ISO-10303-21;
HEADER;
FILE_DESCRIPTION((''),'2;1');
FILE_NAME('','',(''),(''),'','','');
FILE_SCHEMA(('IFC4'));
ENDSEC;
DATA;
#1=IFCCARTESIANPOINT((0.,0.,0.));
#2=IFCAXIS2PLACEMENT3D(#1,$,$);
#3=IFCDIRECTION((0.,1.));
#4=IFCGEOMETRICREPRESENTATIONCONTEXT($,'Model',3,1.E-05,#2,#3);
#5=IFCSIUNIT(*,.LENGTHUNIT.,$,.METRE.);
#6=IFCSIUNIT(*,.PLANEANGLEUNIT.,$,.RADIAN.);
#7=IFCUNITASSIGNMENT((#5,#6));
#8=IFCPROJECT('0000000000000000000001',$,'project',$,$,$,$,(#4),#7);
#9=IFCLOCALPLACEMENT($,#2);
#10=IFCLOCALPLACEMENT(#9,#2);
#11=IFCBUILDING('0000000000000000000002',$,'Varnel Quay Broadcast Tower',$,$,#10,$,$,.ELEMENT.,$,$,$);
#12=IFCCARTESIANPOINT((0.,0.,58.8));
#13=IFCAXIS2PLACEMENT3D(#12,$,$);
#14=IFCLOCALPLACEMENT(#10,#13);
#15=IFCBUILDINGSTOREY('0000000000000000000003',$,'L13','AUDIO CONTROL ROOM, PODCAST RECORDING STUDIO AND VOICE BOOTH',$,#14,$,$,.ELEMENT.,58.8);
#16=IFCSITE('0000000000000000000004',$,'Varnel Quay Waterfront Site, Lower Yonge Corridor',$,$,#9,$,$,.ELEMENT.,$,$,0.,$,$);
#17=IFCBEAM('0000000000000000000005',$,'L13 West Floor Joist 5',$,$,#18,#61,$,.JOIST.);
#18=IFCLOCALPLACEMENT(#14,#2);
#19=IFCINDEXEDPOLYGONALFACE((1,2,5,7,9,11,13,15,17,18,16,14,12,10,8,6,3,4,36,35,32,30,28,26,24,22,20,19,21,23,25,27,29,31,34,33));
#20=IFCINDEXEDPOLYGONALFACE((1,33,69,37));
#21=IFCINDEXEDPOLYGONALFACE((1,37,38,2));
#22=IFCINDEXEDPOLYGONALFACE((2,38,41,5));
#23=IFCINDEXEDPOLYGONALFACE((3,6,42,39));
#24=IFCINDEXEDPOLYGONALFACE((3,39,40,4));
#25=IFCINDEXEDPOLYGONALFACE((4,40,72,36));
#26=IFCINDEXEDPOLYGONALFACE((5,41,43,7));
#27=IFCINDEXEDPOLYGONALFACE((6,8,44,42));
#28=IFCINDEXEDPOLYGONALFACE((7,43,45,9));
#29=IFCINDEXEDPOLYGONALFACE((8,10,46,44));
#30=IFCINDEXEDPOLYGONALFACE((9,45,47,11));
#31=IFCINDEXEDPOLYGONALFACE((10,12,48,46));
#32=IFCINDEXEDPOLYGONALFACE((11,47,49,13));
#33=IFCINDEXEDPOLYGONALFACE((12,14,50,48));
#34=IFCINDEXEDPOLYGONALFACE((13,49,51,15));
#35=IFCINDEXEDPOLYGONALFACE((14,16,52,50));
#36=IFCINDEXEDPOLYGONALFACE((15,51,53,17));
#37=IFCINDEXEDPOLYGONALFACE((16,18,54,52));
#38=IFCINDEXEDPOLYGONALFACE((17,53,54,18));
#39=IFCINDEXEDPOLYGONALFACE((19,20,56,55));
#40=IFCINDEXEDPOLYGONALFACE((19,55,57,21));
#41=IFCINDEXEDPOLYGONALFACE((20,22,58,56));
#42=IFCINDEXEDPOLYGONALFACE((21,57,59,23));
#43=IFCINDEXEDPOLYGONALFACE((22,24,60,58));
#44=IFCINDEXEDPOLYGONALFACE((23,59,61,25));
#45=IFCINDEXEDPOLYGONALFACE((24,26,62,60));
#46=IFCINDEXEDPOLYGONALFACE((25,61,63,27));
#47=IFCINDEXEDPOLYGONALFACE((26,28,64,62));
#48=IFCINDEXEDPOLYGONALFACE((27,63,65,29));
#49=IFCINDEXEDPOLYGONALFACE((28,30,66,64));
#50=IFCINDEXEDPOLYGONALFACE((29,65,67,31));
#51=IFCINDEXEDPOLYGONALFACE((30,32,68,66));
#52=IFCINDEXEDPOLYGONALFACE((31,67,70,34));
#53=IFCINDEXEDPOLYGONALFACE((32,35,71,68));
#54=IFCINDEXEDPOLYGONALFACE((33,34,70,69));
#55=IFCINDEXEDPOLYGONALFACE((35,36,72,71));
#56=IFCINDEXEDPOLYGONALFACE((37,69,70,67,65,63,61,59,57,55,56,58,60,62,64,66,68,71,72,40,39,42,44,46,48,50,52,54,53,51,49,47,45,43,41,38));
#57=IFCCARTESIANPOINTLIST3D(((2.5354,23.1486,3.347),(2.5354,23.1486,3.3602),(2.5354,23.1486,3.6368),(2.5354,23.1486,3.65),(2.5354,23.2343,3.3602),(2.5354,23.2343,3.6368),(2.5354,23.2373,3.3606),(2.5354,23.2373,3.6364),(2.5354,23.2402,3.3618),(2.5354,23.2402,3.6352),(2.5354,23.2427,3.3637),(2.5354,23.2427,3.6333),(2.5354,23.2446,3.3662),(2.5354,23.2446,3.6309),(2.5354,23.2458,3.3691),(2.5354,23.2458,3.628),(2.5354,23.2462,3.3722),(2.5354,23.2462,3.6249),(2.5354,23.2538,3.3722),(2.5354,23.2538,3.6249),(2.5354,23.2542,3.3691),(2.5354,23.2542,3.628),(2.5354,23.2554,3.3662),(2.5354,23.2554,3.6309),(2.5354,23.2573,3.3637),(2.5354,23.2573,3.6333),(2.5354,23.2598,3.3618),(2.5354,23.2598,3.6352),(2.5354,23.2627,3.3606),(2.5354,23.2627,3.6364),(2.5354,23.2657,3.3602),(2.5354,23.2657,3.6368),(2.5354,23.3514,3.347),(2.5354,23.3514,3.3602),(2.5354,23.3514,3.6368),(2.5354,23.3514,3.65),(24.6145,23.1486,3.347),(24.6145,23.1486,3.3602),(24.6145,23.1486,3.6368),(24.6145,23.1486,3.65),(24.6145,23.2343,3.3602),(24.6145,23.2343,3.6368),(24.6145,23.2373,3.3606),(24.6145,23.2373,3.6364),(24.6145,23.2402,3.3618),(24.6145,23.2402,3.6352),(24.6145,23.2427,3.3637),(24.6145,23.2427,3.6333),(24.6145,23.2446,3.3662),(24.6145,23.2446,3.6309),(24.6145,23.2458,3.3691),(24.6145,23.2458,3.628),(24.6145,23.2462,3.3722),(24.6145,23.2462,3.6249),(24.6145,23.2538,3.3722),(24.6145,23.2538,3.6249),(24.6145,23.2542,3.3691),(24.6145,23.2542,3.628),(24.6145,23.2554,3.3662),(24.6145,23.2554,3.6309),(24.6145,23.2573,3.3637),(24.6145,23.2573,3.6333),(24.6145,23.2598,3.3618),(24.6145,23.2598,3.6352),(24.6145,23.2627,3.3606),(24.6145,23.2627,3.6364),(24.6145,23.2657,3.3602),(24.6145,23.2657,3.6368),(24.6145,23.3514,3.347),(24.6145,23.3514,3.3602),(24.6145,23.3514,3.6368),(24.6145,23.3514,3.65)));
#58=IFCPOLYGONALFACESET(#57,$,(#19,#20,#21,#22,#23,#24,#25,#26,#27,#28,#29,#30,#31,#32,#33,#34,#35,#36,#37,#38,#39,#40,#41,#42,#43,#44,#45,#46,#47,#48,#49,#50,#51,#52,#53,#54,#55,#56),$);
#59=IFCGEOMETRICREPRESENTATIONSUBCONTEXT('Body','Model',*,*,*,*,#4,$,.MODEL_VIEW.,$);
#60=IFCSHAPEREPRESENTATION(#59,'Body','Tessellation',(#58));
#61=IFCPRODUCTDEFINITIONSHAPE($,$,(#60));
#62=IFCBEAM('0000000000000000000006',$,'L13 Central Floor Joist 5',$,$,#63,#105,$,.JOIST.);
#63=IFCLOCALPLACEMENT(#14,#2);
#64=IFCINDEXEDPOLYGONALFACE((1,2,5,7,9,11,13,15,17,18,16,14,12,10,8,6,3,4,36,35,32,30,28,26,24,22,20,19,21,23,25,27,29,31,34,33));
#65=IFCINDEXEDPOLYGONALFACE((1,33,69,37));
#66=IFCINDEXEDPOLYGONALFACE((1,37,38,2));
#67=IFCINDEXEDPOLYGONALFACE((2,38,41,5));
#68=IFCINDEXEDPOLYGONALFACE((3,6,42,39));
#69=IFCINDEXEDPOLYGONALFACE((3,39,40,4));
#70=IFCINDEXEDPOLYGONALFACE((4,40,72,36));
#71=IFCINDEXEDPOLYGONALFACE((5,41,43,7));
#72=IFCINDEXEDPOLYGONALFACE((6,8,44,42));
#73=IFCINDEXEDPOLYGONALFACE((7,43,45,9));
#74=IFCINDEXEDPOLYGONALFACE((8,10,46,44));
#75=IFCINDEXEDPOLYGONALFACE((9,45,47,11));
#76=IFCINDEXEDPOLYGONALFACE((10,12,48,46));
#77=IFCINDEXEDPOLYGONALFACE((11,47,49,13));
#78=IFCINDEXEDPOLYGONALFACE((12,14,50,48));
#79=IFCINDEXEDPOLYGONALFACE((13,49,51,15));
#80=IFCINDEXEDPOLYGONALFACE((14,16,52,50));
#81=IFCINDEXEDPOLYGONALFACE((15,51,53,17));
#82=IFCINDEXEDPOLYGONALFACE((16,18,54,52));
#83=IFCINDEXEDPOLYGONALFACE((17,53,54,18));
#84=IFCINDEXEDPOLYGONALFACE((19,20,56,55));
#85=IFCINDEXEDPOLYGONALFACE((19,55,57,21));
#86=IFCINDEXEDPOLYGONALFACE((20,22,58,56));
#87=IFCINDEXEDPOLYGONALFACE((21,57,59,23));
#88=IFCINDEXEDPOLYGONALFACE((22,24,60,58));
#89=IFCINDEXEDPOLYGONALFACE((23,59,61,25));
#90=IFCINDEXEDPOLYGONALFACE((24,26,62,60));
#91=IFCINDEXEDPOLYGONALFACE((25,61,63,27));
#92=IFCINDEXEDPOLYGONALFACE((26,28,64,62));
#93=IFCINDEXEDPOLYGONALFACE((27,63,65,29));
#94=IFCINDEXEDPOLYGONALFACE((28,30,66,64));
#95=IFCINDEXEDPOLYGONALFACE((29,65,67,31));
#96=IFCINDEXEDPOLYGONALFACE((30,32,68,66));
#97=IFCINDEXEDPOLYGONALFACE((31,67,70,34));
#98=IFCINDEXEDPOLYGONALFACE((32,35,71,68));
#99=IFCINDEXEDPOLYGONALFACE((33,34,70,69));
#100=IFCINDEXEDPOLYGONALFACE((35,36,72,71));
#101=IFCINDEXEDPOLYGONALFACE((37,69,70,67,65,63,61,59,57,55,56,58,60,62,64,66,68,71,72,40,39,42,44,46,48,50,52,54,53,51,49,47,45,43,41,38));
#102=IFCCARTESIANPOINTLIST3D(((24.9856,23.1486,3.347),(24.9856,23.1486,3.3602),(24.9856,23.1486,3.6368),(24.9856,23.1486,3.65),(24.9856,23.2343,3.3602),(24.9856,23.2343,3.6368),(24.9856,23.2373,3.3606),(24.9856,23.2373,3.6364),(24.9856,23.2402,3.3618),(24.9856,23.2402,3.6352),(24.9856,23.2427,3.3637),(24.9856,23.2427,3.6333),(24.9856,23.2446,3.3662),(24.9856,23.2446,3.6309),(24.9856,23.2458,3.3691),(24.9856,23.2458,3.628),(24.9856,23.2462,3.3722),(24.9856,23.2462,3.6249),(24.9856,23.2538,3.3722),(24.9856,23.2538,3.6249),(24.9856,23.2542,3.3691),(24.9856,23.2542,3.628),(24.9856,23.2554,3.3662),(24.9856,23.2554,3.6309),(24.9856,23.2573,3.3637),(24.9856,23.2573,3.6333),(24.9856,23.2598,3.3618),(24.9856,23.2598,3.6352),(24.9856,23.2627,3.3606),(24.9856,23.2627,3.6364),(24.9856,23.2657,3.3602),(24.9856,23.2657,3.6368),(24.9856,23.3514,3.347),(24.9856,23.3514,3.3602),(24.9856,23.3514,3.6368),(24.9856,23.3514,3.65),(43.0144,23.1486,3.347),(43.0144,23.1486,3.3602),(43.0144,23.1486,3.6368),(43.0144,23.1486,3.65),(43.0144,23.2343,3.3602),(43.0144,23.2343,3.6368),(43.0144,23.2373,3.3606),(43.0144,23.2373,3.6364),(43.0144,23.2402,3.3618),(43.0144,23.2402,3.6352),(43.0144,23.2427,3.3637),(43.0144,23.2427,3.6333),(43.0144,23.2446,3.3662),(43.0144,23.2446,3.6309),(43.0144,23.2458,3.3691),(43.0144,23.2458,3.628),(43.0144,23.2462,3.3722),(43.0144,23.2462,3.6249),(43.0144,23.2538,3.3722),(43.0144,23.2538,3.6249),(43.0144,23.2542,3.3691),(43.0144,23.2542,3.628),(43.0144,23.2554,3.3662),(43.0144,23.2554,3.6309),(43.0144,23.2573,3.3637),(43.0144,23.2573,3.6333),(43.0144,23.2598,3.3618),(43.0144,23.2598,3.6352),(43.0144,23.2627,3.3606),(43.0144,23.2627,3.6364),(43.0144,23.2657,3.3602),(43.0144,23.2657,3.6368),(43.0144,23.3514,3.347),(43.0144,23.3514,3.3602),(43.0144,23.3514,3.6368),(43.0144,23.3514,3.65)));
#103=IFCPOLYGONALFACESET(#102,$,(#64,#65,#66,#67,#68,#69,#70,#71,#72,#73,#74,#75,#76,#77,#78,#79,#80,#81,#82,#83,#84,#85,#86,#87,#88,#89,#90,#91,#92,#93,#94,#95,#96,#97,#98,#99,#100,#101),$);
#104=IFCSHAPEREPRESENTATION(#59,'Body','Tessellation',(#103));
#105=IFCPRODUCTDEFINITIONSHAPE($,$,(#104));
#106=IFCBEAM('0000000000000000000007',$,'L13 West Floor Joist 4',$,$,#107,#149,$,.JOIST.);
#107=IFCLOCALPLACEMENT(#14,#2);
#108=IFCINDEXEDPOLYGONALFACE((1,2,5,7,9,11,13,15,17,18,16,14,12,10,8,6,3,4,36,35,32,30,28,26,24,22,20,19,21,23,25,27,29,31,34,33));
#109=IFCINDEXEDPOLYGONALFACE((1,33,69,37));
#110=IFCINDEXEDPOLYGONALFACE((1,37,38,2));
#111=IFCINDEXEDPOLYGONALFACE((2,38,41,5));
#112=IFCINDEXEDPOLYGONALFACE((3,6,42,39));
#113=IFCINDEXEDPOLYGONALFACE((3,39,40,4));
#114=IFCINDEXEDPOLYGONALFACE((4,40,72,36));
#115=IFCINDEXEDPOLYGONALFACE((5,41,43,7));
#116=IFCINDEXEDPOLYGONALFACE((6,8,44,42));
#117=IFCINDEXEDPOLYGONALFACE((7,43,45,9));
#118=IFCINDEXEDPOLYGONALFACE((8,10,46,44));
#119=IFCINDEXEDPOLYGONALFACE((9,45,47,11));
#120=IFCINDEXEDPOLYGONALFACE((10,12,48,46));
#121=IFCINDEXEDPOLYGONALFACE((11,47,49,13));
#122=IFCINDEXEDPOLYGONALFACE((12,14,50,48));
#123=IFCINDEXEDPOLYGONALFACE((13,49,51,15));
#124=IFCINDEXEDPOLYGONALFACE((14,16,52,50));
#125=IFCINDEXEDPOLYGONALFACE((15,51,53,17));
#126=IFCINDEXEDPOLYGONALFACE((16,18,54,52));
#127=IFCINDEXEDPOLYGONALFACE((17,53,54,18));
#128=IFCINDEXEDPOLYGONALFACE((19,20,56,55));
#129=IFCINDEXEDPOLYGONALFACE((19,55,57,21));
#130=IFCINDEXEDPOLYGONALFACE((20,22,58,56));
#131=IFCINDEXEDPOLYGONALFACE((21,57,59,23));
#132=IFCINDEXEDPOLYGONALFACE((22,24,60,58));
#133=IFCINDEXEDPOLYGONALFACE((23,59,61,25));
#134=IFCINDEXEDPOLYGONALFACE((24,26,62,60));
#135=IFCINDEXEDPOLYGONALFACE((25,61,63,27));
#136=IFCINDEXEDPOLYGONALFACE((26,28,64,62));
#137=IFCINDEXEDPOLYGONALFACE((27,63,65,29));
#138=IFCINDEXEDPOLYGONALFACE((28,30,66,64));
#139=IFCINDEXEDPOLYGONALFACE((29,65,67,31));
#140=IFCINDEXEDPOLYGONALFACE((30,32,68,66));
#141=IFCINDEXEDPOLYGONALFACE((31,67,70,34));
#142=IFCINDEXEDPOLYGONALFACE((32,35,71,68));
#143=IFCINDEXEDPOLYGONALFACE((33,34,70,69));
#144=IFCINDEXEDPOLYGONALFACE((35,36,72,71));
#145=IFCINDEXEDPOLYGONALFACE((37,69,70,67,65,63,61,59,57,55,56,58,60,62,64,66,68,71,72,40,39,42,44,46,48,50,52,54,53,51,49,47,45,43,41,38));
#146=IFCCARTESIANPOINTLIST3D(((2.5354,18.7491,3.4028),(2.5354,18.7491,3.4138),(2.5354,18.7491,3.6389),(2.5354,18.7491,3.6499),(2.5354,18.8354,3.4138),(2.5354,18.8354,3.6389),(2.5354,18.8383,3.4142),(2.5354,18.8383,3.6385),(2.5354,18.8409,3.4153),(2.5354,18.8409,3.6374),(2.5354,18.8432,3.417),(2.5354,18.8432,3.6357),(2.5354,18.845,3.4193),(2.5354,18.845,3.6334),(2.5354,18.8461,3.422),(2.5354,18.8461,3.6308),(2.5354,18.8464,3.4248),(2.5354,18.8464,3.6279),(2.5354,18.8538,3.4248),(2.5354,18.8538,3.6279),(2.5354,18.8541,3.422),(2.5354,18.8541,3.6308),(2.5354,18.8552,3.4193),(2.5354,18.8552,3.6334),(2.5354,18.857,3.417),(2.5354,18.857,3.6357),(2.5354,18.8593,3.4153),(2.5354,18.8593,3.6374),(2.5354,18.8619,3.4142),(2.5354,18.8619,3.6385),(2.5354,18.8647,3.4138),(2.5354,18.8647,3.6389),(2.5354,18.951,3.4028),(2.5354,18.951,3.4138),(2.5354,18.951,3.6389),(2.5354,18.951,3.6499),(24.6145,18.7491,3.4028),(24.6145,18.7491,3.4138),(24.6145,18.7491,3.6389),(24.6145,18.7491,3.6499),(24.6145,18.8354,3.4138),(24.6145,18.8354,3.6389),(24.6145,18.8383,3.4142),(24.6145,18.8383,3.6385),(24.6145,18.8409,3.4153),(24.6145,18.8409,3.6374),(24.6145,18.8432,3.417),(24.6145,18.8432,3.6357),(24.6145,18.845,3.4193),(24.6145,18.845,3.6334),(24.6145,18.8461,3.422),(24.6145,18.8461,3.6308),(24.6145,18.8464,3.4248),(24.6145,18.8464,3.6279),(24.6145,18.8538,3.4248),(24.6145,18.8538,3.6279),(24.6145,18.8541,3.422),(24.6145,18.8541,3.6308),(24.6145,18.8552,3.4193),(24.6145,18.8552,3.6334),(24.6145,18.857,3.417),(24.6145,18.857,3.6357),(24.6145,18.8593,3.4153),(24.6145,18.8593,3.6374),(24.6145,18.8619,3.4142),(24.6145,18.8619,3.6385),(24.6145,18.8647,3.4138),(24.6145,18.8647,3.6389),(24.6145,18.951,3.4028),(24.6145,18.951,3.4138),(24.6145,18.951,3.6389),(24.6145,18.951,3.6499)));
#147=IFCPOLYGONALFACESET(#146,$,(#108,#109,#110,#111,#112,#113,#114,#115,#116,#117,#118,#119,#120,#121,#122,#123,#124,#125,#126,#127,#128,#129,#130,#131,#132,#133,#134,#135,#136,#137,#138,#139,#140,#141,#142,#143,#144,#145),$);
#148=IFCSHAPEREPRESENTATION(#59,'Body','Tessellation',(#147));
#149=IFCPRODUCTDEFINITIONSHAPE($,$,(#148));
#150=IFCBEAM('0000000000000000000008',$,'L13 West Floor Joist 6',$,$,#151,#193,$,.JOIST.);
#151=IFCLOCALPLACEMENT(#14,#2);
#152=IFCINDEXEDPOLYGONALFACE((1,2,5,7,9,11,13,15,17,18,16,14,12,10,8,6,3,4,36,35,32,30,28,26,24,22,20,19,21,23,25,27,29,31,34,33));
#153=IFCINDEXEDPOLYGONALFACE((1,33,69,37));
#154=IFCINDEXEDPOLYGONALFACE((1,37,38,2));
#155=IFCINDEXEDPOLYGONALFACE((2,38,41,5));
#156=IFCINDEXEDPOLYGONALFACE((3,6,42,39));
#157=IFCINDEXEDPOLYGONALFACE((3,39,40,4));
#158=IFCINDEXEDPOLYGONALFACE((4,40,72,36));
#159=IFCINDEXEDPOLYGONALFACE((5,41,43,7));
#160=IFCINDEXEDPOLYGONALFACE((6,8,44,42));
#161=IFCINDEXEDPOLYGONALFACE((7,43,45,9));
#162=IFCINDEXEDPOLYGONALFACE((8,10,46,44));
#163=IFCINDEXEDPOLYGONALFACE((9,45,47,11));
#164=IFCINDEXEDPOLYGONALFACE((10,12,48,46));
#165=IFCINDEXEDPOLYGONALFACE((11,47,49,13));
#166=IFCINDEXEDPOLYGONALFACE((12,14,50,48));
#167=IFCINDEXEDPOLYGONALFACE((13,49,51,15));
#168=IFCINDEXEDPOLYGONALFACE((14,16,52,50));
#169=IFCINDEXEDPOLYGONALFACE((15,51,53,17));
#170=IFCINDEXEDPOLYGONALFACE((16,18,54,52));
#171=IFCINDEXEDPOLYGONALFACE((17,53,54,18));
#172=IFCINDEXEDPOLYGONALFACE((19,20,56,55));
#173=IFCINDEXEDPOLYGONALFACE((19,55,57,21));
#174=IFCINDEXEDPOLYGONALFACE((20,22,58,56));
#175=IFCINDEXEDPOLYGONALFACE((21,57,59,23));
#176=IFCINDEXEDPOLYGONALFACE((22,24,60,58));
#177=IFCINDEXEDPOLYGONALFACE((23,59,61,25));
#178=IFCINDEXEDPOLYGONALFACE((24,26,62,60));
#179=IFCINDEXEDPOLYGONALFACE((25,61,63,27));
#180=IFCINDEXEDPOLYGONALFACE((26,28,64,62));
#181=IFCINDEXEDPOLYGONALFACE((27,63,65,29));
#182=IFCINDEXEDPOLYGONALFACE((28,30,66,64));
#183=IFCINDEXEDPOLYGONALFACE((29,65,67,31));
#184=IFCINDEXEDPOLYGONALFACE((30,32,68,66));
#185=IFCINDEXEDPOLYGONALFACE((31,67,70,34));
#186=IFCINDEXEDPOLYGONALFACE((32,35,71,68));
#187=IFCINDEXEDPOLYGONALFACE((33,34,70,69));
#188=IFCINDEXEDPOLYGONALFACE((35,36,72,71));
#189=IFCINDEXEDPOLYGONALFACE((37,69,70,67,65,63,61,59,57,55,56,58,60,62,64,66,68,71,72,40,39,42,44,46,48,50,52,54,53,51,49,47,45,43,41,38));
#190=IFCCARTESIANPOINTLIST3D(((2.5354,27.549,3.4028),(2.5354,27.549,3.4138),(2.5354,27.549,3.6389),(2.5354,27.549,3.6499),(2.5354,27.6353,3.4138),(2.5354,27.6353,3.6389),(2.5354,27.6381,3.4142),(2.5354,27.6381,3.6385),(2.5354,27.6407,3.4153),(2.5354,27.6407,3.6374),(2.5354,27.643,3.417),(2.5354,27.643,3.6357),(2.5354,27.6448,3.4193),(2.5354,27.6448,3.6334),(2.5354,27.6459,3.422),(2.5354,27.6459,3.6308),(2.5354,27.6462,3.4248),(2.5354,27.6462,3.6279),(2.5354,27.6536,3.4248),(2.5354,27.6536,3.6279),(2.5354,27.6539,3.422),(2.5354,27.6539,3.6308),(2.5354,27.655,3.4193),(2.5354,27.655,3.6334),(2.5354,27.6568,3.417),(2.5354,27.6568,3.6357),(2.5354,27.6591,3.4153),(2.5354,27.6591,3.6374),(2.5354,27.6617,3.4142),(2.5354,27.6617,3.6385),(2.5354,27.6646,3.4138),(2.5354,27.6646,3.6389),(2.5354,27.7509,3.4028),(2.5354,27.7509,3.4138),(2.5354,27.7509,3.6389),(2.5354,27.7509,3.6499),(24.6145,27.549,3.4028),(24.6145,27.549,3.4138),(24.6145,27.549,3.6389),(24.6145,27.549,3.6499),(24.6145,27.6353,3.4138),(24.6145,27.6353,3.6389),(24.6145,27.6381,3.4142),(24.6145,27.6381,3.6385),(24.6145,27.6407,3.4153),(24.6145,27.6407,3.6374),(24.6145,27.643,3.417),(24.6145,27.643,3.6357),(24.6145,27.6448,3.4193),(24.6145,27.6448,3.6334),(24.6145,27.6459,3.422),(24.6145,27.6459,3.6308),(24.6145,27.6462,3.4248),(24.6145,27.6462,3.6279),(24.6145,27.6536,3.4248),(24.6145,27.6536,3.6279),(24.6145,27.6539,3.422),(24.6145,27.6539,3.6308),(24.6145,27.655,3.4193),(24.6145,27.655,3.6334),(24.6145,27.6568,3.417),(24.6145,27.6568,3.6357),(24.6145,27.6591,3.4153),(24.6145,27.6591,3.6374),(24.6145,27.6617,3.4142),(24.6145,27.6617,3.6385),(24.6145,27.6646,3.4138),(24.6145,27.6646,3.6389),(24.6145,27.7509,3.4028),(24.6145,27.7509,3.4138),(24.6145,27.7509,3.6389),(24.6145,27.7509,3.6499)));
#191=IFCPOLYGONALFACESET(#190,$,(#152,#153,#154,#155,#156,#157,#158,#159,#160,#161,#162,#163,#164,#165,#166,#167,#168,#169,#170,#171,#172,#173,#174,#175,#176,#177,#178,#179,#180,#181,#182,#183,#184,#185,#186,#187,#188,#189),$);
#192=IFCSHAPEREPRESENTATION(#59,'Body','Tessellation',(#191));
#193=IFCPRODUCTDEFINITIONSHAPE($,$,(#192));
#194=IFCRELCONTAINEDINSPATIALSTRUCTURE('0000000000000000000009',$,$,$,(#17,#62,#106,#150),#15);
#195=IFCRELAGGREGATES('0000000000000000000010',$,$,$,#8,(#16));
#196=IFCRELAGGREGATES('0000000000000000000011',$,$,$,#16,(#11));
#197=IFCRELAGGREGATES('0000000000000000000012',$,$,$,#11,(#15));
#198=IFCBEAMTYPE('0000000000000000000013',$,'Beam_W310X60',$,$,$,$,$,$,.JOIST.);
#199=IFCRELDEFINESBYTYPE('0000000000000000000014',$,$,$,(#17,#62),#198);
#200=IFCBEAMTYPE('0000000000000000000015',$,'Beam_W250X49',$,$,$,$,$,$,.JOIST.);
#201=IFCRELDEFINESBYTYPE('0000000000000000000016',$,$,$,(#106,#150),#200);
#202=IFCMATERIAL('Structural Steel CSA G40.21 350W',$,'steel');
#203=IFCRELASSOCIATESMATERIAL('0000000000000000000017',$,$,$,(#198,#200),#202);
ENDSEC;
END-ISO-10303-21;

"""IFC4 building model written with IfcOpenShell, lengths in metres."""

from ifc_helpers import new_model, si_unit, direction, frame, origin, origin_2d, place, context, subcontext, project, spatial, i_section, extrude, source, transform, mapped, material, material_profile, profile_set, type_object, type_shapes, element, save


model = new_model("IFC4")

# Units and contexts
model_context = context("Model", 3, precision=1e-05, world=origin(), true_north=direction((0.0, 1.0)))
body_context = subcontext(model_context, "Body", "Model", "MODEL_VIEW")
ifc_project = project(units=[si_unit("LENGTHUNIT", "METRE"), si_unit("PLANEANGLEUNIT", "RADIAN")], contexts=[model_context])

# Site, building, storey
site_placement = place(None, origin())
site = spatial("IfcSite", under=ifc_project, at=site_placement, Name="Varnel Quay Waterfront Site, Lower Yonge Corridor", CompositionType="ELEMENT", RefElevation=0.0)
building_placement = place(site_placement, origin())
building = spatial("IfcBuilding", under=site, at=building_placement, Name="Varnel Quay Broadcast Tower", CompositionType="ELEMENT")
storey_placement = place(building_placement, frame((0.0, 0.0, 58.8)))
storey = spatial("IfcBuildingStorey", under=building, at=storey_placement, Name="L13", Description="AUDIO CONTROL ROOM, PODCAST RECORDING STUDIO AND VOICE BOOTH", CompositionType="ELEMENT", Elevation=58.8)

# Shared definitions
ifc_material_1 = material(Name="Structural Steel CSA G40.21 350W", Category="steel")

# Beams
ifc_material_profile_1 = material_profile(ifc_material_1, i_section(OverallWidth=0.2029, OverallDepth=0.303, WebThickness=0.0076, FlangeThickness=0.0132, FilletRadius=0.012, at=origin_2d()), Name="W310X60")
ifc_profile_set_1 = profile_set([ifc_material_profile_1], Name="Structural Steel CSA G40.21 350W")
beam_type_1 = type_object("IfcBeamType", Name="Beam_W310X60", PredefinedType="JOIST", material=ifc_profile_set_1)
shared_shape_1 = source(origin(), body_context, "Body", "SweptSolid", [
    extrude(i_section(OverallWidth=0.2029, OverallDepth=0.303, WebThickness=0.0076, FlangeThickness=0.0132, FilletRadius=0.012, at=origin_2d()), origin(), (0.0, 0.0, 1.0), 22.0791),
])
beam_1_placement = place(storey_placement, frame((2.5354, 23.25, 3.4985), z_axis=(1.0, 0.0, 0.0), x_axis=(0.0, 1.0, 0.0)))
element("IfcBeam", 1, at=beam_1_placement, inside=storey, type_object=beam_type_1, Name="L13 West Floor Joist 5", PredefinedType="JOIST", context=body_context, shape_type="MappedRepresentation", body=[
    mapped(shared_shape_1, transform((0.0, 0.0, 0.0), x_axis=(1.0, 0.0, 0.0), y_axis=(0.0, 1.0, 0.0), z_axis=(0.0, 0.0, 1.0), scale=1.0)),
])
shared_shape_2 = source(origin(), body_context, "Body", "SweptSolid", [
    extrude(i_section(OverallWidth=0.2029, OverallDepth=0.303, WebThickness=0.0076, FlangeThickness=0.0132, FilletRadius=0.012, at=origin_2d()), origin(), (0.0, 0.0, 1.0), 18.0288),
])
beam_2_placement = place(storey_placement, frame((24.9856, 23.25, 3.4985), z_axis=(1.0, 0.0, 0.0), x_axis=(0.0, 1.0, 0.0)))
element("IfcBeam", 2, at=beam_2_placement, inside=storey, type_object=beam_type_1, Name="L13 Central Floor Joist 5", PredefinedType="JOIST", context=body_context, shape_type="MappedRepresentation", body=[
    mapped(shared_shape_2, transform((0.0, 0.0, 0.0), x_axis=(1.0, 0.0, 0.0), y_axis=(0.0, 1.0, 0.0), z_axis=(0.0, 0.0, 1.0), scale=1.0)),
])
ifc_material_profile_2 = material_profile(ifc_material_1, i_section(OverallWidth=0.2019, OverallDepth=0.2471, WebThickness=0.0073, FlangeThickness=0.011, FilletRadius=0.011, at=origin_2d()), Name="W250X49")
ifc_profile_set_2 = profile_set([ifc_material_profile_2], Name="Structural Steel CSA G40.21 350W")
beam_type_2 = type_object("IfcBeamType", Name="Beam_W250X49", PredefinedType="JOIST", material=ifc_profile_set_2)
shared_shape_3 = source(origin(), body_context, "Body", "SweptSolid", [
    extrude(i_section(OverallWidth=0.2019, OverallDepth=0.2471, WebThickness=0.0073, FlangeThickness=0.011, FilletRadius=0.011, at=origin_2d()), origin(), (0.0, 0.0, 1.0), 22.0791),
])
type_shapes(beam_type_2, [shared_shape_3])
for number, where, z_axis, x_axis, name in (
    (3, (2.5354, 18.8501, 3.5264), (1.0, 0.0, 0.0), (0.0, 1.0, 0.0), "L13 West Floor Joist 4"),
    (4, (2.5354, 27.6499, 3.5264), (1.0, 0.0, 0.0), (0.0, 1.0, 0.0), "L13 West Floor Joist 6"),
):
    element("IfcBeam", number, at=place(storey_placement, frame(where, z_axis=z_axis, x_axis=x_axis)), inside=storey, type_object=beam_type_2, Name=name, PredefinedType="JOIST", context=body_context, shape_type="MappedRepresentation", body=[
        mapped(shared_shape_3, transform((0.0, 0.0, 0.0), x_axis=(1.0, 0.0, 0.0), y_axis=(0.0, 1.0, 0.0), z_axis=(0.0, 0.0, 1.0), scale=1.0)),
    ])

save(model, "model.ifc")
